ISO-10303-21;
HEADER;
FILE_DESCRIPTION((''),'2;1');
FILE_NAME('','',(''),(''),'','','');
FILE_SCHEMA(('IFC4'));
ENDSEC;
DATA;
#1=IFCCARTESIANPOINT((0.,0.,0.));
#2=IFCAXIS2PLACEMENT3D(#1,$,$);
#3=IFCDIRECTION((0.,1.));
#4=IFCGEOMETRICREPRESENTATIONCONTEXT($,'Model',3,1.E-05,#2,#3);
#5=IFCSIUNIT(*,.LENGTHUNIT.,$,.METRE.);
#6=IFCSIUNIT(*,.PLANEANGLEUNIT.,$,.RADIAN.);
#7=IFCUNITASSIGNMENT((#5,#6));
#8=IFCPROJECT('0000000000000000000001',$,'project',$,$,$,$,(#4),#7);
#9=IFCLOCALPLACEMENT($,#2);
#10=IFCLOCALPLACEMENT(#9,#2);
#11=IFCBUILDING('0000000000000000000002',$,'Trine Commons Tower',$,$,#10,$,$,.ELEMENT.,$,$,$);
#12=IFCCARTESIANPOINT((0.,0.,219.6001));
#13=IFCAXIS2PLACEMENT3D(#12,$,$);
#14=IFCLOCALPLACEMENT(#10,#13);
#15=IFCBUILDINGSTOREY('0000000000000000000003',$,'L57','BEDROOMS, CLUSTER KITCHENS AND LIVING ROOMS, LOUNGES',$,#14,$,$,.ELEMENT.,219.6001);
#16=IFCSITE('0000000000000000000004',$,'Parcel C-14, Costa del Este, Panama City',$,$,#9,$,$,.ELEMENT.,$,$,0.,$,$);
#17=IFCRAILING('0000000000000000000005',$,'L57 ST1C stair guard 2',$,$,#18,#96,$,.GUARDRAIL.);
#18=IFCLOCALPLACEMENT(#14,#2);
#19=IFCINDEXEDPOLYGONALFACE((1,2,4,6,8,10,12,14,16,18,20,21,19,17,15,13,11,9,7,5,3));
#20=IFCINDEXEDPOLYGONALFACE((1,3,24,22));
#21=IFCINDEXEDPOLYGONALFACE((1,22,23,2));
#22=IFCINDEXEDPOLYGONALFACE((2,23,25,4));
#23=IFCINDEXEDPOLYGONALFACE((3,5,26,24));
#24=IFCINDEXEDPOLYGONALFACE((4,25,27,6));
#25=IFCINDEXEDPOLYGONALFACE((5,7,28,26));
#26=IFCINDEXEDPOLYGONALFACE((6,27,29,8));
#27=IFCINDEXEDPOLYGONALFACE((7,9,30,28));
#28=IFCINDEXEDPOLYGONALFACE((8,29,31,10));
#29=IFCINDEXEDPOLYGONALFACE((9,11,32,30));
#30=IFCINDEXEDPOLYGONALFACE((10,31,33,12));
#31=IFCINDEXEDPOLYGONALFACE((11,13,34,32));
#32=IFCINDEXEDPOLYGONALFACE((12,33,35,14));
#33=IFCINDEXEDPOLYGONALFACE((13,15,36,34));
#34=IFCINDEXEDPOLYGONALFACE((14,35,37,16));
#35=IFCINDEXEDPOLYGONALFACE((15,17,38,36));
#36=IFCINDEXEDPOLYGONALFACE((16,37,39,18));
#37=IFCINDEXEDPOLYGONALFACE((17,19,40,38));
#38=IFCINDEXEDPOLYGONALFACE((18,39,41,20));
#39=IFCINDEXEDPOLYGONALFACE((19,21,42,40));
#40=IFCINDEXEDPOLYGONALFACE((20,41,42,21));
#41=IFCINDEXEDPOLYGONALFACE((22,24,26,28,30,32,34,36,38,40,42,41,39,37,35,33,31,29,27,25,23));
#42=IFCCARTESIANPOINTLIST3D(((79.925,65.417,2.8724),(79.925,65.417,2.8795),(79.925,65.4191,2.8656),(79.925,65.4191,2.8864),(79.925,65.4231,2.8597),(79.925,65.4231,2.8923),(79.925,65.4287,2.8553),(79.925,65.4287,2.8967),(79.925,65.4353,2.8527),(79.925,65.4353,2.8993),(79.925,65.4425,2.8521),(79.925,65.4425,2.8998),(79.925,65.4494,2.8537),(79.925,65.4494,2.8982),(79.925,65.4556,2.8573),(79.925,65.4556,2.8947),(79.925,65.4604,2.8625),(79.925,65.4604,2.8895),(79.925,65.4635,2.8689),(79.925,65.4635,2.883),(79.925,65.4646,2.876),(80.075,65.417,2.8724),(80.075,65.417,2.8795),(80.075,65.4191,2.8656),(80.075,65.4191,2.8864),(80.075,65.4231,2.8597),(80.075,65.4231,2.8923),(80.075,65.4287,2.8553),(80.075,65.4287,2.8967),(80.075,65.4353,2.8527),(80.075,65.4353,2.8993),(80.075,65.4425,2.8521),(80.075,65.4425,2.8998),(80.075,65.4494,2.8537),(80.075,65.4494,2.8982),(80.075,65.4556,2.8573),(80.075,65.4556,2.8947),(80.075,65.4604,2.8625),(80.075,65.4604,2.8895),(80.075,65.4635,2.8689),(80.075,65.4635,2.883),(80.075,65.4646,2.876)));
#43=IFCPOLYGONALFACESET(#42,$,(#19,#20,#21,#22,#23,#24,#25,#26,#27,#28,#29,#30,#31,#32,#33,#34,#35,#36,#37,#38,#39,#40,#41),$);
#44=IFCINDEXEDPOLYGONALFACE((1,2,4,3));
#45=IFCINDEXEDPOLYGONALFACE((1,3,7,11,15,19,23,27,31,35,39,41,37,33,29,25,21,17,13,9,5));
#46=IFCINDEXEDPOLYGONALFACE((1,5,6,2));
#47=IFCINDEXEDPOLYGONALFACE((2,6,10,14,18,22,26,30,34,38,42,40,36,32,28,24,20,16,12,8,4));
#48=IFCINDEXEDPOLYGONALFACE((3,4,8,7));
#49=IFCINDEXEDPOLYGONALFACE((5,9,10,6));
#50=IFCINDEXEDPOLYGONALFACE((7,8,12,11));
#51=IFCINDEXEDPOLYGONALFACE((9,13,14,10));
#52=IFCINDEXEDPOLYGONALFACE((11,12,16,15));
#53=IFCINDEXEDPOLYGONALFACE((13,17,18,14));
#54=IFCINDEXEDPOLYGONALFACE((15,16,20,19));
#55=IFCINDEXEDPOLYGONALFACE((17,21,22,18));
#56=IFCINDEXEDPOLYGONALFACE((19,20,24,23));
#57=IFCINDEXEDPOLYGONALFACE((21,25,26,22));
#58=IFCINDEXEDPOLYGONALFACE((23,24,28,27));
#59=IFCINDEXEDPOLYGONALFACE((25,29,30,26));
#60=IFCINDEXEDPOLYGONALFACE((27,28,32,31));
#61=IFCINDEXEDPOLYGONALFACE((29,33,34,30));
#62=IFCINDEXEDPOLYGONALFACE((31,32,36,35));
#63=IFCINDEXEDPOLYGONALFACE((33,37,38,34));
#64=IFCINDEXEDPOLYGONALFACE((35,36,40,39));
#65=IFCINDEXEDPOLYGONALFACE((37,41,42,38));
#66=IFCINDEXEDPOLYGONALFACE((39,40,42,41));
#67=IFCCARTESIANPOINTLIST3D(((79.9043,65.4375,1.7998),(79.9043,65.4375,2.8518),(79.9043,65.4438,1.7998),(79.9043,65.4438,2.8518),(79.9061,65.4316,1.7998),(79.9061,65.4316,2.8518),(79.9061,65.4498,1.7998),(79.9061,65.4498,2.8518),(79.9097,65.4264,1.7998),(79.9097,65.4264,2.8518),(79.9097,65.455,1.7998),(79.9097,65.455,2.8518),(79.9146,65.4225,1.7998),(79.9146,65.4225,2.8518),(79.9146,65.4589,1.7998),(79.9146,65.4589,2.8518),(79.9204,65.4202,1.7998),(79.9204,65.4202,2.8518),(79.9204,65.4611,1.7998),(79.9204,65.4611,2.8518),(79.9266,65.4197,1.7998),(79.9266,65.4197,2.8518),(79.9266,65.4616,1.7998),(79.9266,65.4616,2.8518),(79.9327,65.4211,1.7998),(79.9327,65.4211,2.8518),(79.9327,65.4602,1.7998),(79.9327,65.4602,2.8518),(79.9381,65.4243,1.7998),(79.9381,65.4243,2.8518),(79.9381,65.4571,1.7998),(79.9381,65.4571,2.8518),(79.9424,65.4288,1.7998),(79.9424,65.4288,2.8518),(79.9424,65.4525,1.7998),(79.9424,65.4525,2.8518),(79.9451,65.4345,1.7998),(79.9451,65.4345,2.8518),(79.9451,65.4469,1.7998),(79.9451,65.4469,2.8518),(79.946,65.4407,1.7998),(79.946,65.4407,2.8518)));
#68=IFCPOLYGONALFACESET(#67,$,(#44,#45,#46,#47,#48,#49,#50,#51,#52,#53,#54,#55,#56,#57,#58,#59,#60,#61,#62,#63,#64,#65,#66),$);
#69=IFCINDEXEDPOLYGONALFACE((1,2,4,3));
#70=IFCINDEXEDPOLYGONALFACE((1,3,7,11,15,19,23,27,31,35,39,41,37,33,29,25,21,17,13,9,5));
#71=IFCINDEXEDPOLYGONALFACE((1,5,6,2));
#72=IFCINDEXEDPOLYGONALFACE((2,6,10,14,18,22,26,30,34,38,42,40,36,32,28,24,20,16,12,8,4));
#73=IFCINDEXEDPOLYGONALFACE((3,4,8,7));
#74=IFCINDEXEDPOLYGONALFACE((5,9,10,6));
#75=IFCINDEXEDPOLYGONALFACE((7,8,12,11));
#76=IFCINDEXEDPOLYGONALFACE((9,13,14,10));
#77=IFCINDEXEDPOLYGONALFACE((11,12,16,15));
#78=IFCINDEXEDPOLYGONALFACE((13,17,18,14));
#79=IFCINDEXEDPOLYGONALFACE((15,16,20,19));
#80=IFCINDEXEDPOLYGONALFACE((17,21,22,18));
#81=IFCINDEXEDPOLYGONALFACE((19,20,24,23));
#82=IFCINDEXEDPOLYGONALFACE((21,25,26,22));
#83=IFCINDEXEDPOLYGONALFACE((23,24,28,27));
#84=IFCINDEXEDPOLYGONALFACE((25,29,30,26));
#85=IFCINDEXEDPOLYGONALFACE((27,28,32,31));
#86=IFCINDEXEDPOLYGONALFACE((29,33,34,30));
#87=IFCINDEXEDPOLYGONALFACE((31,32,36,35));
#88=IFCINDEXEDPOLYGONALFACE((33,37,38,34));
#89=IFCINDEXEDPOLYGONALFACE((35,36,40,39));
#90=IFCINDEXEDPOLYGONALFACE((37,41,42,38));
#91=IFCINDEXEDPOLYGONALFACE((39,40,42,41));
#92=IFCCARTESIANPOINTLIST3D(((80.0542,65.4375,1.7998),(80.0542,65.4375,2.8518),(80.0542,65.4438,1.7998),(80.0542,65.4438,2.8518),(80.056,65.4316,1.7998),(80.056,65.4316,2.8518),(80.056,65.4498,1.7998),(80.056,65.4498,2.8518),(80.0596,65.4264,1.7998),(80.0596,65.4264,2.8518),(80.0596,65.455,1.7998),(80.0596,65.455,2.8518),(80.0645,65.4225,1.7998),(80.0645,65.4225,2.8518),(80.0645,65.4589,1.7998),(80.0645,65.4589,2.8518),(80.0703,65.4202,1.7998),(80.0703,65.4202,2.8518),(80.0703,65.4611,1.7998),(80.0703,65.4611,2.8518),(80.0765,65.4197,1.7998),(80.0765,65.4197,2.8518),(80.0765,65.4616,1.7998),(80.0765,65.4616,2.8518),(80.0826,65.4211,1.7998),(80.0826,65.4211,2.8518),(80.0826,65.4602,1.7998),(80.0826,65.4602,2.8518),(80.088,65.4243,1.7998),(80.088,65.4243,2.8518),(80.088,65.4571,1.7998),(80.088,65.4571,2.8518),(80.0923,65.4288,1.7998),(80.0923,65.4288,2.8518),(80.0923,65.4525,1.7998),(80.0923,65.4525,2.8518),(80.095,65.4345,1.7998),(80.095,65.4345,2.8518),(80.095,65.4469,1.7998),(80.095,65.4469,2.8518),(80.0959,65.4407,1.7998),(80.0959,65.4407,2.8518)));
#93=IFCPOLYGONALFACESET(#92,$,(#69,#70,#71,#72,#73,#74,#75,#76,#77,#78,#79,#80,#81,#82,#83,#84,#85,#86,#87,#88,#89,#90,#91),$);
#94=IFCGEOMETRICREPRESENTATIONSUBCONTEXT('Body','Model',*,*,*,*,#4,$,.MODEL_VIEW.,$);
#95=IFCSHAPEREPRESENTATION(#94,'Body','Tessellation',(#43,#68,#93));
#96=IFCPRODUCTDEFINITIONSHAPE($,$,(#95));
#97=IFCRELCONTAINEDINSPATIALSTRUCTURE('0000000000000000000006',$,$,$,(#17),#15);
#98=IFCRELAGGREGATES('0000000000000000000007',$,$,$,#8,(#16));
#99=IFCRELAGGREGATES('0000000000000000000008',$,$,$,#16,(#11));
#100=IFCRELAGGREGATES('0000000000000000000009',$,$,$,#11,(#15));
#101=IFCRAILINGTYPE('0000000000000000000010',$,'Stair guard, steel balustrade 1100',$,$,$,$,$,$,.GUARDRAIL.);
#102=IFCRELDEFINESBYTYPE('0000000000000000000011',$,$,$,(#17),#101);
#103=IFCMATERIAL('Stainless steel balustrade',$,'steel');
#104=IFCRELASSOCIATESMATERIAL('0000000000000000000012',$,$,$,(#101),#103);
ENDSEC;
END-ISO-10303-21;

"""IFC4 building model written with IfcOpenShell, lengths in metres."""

from ifc_helpers import new_model, si_unit, direction, frame, origin, origin_2d, place, context, subcontext, project, spatial, circle, extrude, material, type_object, element, save


model = new_model("IFC4")

# Units and contexts
model_context = context("Model", 3, precision=1e-05, world=origin(), true_north=direction((0.0, 1.0)))
body_context = subcontext(model_context, "Body", "Model", "MODEL_VIEW")
ifc_project = project(units=[si_unit("LENGTHUNIT", "METRE"), si_unit("PLANEANGLEUNIT", "RADIAN")], contexts=[model_context])

# Site, building, storey
site_placement = place(None, origin())
site = spatial("IfcSite", under=ifc_project, at=site_placement, Name="Parcel C-14, Costa del Este, Panama City", CompositionType="ELEMENT", RefElevation=0.0)
building_placement = place(site_placement, origin())
building = spatial("IfcBuilding", under=site, at=building_placement, Name="Trine Commons Tower", CompositionType="ELEMENT")
storey_placement = place(building_placement, frame((0.0, 0.0, 219.6001)))
storey = spatial("IfcBuildingStorey", under=building, at=storey_placement, Name="L57", Description="BEDROOMS, CLUSTER KITCHENS AND LIVING ROOMS, LOUNGES", CompositionType="ELEMENT", Elevation=219.6001)

# Railing
ifc_material_1 = material(Name="Stainless steel balustrade", Category="steel")
railing_type_1 = type_object("IfcRailingType", Name="Stair guard, steel balustrade 1100", PredefinedType="GUARDRAIL", material=ifc_material_1)
railing_1_placement = place(storey_placement, frame((79.925, 65.4407, 1.7998)))
element("IfcRailing", 1, at=railing_1_placement, inside=storey, type_object=railing_type_1, Name="L57 ST1C stair guard 2", PredefinedType="GUARDRAIL", context=body_context, shape_type="SweptSolid", body=[
    extrude(circle(Radius=0.0239, at=origin_2d()), frame((0.0, 0.0, 1.0762), z_axis=(1.0, 0.0, 0.0), x_axis=(0.0, 1.0, 0.0)), (0.0, 0.0, 1.0), 0.1499),
    extrude(circle(Radius=0.021, at=origin_2d()), origin(), (0.0, 0.0, 1.0), 1.052),
    extrude(circle(Radius=0.021, at=origin_2d()), frame((0.1499, 0.0, 0.0)), (0.0, 0.0, 1.0), 1.052),
])

save(model, "model.ifc")
